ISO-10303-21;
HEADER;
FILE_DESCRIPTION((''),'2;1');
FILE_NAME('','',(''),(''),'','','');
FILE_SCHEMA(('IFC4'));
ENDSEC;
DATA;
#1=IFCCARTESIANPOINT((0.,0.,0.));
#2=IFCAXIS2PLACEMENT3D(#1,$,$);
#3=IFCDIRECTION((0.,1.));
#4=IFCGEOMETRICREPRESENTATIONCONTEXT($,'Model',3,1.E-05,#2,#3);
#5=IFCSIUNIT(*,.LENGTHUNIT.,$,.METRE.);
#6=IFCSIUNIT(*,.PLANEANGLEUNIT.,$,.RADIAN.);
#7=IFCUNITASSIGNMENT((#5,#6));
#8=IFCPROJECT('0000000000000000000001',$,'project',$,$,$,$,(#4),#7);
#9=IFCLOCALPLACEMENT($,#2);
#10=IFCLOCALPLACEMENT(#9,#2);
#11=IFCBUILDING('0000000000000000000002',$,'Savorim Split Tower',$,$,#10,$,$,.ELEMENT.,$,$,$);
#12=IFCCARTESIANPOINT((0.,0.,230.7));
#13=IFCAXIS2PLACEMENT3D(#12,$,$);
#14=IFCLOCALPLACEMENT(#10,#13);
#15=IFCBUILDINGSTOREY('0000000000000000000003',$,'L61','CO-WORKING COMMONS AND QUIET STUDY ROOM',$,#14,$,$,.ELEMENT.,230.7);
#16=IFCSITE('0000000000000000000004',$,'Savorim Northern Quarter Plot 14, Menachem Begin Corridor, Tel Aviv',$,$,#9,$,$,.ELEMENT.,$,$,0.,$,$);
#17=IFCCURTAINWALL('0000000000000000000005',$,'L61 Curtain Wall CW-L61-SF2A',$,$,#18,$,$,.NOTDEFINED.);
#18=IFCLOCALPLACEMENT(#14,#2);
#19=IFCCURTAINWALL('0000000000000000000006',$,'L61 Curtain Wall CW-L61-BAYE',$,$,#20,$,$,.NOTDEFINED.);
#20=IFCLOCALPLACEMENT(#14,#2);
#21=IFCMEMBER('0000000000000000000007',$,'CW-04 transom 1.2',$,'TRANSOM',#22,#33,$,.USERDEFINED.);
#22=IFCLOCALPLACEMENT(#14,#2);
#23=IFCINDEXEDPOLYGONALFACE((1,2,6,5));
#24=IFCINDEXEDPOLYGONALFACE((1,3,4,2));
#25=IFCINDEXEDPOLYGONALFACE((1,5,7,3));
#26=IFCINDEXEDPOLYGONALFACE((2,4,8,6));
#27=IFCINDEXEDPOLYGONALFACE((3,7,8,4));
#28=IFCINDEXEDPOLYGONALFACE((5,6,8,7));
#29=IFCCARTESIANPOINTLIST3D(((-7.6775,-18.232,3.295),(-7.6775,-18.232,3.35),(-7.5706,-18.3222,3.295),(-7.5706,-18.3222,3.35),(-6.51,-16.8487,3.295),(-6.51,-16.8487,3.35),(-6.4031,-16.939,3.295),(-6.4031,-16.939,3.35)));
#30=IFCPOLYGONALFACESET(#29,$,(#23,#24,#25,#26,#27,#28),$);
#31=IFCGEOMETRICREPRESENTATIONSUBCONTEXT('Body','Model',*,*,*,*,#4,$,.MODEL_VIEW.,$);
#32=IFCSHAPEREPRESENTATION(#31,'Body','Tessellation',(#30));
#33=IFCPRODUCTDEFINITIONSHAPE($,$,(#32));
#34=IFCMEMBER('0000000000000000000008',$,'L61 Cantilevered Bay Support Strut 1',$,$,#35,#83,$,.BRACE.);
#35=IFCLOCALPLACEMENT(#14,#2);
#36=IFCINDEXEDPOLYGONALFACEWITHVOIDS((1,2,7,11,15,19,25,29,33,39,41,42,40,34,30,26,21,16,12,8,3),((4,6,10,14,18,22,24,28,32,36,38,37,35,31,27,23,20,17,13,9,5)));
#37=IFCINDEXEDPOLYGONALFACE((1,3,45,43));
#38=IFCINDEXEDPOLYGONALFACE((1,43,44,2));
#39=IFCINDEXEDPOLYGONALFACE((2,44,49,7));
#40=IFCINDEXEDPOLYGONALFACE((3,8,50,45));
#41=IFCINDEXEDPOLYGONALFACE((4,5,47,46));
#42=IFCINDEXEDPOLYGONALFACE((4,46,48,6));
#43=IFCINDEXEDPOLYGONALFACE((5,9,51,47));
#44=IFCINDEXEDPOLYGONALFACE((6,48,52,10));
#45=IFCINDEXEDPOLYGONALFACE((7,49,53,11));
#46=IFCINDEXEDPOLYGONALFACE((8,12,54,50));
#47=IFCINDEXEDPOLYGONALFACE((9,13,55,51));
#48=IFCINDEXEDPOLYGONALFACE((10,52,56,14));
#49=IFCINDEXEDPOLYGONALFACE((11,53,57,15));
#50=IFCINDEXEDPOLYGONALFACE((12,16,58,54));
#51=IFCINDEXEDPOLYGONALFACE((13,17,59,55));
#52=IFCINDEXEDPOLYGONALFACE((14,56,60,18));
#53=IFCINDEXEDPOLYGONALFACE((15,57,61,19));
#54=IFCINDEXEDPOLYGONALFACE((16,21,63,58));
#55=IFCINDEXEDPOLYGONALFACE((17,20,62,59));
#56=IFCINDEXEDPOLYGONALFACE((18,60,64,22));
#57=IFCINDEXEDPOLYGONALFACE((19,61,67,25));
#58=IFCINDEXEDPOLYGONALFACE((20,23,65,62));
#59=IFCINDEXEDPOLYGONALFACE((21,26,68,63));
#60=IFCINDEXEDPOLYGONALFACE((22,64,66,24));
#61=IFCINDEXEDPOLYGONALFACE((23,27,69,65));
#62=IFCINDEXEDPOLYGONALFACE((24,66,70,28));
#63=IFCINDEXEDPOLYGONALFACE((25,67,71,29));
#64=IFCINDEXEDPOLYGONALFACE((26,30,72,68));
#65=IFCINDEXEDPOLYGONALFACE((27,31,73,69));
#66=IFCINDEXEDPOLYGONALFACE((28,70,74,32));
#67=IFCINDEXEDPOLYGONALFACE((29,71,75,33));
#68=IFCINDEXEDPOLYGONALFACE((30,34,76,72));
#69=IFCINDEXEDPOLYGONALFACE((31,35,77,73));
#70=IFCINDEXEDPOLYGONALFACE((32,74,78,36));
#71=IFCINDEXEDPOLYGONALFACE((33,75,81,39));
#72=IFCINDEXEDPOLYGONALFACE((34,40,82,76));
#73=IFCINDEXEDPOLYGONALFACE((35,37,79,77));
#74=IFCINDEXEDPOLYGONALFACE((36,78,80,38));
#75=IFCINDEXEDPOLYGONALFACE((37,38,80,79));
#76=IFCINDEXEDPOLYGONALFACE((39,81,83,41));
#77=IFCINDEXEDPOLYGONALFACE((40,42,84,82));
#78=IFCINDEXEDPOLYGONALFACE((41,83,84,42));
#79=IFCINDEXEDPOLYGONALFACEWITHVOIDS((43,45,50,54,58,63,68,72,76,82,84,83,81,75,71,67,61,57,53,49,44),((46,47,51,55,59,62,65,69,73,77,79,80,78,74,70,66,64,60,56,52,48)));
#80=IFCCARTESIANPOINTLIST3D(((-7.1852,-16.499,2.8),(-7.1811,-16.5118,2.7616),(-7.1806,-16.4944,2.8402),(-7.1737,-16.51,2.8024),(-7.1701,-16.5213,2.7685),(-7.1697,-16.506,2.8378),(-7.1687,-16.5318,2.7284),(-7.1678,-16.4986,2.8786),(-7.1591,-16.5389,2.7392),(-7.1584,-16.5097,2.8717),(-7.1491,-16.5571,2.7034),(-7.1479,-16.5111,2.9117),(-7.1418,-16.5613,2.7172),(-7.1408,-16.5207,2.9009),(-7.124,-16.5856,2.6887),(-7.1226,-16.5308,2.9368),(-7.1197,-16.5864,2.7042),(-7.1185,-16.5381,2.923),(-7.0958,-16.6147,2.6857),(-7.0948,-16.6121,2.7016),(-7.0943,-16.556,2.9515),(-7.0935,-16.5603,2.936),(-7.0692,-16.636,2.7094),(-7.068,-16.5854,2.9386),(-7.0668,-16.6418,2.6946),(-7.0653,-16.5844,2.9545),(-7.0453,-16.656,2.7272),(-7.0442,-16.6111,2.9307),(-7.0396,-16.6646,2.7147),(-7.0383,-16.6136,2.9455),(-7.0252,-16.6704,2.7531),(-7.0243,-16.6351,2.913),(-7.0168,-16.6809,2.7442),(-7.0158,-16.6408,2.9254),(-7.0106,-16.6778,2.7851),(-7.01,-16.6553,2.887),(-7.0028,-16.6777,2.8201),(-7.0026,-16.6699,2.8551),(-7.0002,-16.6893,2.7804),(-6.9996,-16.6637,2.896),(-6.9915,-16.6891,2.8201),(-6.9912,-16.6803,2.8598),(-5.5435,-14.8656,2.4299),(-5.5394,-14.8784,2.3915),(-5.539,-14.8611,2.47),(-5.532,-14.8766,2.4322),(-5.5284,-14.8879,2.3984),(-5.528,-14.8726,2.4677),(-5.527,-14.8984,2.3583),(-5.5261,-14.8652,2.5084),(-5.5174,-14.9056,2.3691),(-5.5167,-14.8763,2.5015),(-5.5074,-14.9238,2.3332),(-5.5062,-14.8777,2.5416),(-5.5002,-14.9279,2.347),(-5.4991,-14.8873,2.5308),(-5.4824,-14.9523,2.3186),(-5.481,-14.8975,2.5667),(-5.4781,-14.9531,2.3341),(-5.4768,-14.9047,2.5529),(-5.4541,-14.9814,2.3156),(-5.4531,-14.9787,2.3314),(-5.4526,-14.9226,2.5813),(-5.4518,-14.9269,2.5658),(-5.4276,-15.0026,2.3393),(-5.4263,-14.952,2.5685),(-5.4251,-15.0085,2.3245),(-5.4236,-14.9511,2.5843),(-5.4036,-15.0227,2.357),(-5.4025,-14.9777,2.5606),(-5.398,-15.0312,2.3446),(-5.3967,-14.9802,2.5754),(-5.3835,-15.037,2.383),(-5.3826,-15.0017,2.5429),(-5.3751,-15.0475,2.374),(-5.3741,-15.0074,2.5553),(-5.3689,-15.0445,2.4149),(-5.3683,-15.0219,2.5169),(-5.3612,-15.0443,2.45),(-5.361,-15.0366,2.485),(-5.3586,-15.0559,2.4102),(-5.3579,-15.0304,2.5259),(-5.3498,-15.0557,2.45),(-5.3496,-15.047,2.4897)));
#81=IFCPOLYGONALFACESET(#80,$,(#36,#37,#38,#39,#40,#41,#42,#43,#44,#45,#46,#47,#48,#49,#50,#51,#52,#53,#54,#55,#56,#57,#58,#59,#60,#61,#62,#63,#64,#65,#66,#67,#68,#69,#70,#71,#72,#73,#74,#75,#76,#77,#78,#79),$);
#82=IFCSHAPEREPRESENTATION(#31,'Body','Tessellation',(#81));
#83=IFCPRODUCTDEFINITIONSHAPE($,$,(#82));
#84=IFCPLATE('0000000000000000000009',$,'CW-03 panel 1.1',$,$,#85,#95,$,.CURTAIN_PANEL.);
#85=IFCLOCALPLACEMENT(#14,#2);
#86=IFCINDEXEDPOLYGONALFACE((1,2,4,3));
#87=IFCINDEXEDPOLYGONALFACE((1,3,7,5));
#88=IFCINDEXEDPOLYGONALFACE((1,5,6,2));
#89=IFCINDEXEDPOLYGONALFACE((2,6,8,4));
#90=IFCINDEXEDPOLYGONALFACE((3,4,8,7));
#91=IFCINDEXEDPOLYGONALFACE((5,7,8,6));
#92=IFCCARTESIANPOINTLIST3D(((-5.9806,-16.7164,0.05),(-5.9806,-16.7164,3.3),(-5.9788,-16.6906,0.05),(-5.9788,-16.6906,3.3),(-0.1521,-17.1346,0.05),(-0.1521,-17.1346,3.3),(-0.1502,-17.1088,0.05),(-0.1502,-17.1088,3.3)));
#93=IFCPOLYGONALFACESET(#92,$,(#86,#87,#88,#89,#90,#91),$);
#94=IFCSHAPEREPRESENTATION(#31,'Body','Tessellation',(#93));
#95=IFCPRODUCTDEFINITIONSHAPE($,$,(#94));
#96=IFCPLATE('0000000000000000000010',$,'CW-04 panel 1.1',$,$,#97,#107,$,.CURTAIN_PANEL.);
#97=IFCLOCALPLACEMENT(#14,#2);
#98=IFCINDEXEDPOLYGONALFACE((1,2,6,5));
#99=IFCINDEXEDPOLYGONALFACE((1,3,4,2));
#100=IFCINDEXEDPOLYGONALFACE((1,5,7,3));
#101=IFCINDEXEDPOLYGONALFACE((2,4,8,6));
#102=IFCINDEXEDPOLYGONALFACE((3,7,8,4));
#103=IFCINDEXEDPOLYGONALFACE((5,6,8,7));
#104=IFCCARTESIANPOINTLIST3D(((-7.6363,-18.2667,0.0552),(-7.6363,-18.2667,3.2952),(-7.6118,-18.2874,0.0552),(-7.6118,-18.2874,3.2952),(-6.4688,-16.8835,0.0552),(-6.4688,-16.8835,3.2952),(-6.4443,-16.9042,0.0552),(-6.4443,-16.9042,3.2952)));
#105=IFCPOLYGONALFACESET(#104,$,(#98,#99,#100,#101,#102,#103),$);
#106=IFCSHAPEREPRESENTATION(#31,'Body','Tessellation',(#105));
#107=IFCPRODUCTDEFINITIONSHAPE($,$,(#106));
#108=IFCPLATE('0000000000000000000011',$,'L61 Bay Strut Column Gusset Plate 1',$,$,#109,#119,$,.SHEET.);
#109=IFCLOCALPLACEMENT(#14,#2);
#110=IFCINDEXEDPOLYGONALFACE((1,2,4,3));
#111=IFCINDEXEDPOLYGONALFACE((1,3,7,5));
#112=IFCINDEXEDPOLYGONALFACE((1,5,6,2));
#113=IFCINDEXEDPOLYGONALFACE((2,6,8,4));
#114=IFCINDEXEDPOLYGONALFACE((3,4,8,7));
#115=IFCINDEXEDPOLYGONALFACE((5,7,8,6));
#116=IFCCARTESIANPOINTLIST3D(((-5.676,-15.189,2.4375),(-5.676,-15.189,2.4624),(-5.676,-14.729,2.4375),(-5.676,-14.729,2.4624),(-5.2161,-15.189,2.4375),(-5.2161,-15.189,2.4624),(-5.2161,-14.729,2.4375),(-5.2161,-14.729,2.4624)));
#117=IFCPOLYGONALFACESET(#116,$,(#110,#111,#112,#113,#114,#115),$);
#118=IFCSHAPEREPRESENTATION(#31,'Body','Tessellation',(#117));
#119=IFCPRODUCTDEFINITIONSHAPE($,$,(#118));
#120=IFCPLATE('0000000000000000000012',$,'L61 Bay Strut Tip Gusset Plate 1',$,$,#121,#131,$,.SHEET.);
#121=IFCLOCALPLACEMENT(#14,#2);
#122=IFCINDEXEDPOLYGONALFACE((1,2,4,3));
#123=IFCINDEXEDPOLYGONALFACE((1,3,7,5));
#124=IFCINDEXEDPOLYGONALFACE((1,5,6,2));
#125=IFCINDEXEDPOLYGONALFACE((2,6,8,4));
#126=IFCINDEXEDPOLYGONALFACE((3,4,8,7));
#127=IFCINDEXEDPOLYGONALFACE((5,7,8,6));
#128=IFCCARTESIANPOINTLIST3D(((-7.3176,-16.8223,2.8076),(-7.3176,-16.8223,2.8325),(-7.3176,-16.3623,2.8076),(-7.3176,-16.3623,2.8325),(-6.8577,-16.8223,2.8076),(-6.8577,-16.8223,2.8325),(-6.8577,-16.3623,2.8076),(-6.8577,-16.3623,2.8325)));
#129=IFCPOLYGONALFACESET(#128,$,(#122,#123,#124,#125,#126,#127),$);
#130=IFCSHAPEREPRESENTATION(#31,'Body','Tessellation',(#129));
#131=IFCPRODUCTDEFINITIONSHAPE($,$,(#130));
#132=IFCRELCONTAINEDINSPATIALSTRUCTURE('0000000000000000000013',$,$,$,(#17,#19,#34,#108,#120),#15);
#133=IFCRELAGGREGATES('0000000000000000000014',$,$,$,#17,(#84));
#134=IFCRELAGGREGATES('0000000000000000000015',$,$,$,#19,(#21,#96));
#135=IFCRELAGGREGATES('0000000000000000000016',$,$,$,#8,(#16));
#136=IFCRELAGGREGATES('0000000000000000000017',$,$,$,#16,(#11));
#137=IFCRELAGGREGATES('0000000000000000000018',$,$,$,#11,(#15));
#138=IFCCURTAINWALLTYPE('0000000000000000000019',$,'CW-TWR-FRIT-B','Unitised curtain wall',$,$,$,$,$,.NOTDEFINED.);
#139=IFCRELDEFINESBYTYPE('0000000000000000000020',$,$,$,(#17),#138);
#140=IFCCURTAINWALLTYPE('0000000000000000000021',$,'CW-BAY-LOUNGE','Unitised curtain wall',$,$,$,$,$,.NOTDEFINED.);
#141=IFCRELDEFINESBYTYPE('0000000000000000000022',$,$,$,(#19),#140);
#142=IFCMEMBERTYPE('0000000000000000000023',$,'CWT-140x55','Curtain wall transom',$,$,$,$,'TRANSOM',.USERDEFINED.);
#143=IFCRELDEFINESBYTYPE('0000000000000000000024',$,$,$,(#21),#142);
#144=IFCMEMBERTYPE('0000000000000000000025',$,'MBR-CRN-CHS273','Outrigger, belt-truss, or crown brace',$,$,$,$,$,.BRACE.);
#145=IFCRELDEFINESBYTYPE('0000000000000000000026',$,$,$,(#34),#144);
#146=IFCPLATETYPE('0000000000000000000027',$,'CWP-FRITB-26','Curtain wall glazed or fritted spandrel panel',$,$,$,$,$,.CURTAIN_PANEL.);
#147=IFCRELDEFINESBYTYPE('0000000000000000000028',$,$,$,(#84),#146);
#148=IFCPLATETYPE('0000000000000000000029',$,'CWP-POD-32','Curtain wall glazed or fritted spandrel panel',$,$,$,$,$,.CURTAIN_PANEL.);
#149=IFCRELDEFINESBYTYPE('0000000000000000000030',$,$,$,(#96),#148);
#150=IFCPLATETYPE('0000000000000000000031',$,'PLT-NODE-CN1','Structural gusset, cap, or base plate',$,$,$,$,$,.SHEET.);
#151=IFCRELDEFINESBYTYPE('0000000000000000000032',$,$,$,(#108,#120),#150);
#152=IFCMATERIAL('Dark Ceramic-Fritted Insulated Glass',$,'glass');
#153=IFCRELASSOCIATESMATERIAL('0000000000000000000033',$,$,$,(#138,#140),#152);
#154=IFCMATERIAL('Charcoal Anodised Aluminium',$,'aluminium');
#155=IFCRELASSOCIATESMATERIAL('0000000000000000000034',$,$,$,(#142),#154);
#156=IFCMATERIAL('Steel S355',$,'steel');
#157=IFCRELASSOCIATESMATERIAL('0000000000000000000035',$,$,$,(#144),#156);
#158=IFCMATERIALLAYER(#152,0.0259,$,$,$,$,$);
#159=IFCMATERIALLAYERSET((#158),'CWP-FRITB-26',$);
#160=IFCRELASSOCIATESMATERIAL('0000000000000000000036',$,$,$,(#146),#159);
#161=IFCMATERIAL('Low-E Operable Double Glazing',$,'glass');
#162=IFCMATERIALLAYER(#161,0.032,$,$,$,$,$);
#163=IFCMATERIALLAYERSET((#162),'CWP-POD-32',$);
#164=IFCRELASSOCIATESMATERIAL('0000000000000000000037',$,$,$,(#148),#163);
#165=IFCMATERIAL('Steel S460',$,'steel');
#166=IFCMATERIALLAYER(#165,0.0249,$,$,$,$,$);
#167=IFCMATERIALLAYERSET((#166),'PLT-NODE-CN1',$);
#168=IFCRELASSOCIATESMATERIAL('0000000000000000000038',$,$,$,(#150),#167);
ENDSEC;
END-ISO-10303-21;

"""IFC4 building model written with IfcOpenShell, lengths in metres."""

from ifc_helpers import new_model, si_unit, direction, frame, origin, origin_2d, place, context, subcontext, project, spatial, rectangle, hollow_circle, extrude, material, layer, layer_set, material_profile, profile_set, type_object, element, aggregate, save


model = new_model("IFC4")

# Units and contexts
model_context = context("Model", 3, precision=1e-05, world=origin(), true_north=direction((0.0, 1.0)))
body_context = subcontext(model_context, "Body", "Model", "MODEL_VIEW")
ifc_project = project(units=[si_unit("LENGTHUNIT", "METRE"), si_unit("PLANEANGLEUNIT", "RADIAN")], contexts=[model_context])

# Site, building, storey
site_placement = place(None, origin())
site = spatial("IfcSite", under=ifc_project, at=site_placement, Name="Savorim Northern Quarter Plot 14, Menachem Begin Corridor, Tel Aviv", CompositionType="ELEMENT", RefElevation=0.0)
building_placement = place(site_placement, origin())
building = spatial("IfcBuilding", under=site, at=building_placement, Name="Savorim Split Tower", CompositionType="ELEMENT")
storey_placement = place(building_placement, frame((0.0, 0.0, 230.7)))
storey = spatial("IfcBuildingStorey", under=building, at=storey_placement, Name="L61", Description="CO-WORKING COMMONS AND QUIET STUDY ROOM", CompositionType="ELEMENT", Elevation=230.7)

# Shared definitions
ifc_material_1 = material(Name="Steel S355", Category="steel")

# Curtain wall
ifc_material_2 = material(Name="Dark Ceramic-Fritted Insulated Glass", Category="glass")
curtain_wall_type_1 = type_object("IfcCurtainWallType", Name="CW-TWR-FRIT-B", Description="Unitised curtain wall", PredefinedType="NOTDEFINED", material=ifc_material_2)
curtain_wall_1_placement = place(storey_placement, origin())
curtain_wall_1 = element("IfcCurtainWall", 1, at=curtain_wall_1_placement, inside=storey, type_object=curtain_wall_type_1, Name="L61 Curtain Wall CW-L61-SF2A", PredefinedType="NOTDEFINED")
ifc_material_3 = material(Name="Charcoal Anodised Aluminium", Category="aluminium")

# Curtain wall
curtain_wall_type_2 = type_object("IfcCurtainWallType", Name="CW-BAY-LOUNGE", Description="Unitised curtain wall", PredefinedType="NOTDEFINED", material=ifc_material_2)
curtain_wall_2_placement = place(storey_placement, origin())
curtain_wall_2 = element("IfcCurtainWall", 2, at=curtain_wall_2_placement, inside=storey, type_object=curtain_wall_type_2, Name="L61 Curtain Wall CW-L61-BAYE", PredefinedType="NOTDEFINED")

# Members
ifc_material_profile_1 = material_profile(ifc_material_3, rectangle(XDim=0.1399, YDim=0.0549, at=origin_2d()), Name="ALU-T 140x55")
ifc_profile_set_1 = profile_set([ifc_material_profile_1], Name="Charcoal Anodised Aluminium")
member_type_1 = type_object("IfcMemberType", Name="CWT-140x55", Description="Curtain wall transom", ElementType="TRANSOM", PredefinedType="USERDEFINED", material=ifc_profile_set_1)
member_1_placement = place(storey_placement, frame((-7.624, -18.2771, 3.3225), z_axis=(0.644974, 0.764204, 0.0), x_axis=(-0.764204, 0.644974, 0.0)))
member_1 = element("IfcMember", 3, at=member_1_placement, type_object=member_type_1, Name="CW-04 transom 1.2", ObjectType="TRANSOM", PredefinedType="USERDEFINED", context=body_context, shape_type="SweptSolid", body=[
    extrude(rectangle(XDim=0.1399, YDim=0.0549, at=origin_2d()), origin(), (0.0, 0.0, 1.0), 1.8101),
])
ifc_material_profile_2 = material_profile(ifc_material_1, hollow_circle(Radius=0.1365, WallThickness=0.0161, at=origin_2d()), Name="CHS 273x16")
ifc_profile_set_2 = profile_set([ifc_material_profile_2], Name="Steel S355")
member_type_2 = type_object("IfcMemberType", Name="MBR-CRN-CHS273", Description="Outrigger, belt-truss, or crown brace", PredefinedType="BRACE", material=ifc_profile_set_2)
member_2_placement = place(storey_placement, frame((-5.446, -14.959, 2.45), z_axis=(-0.700012, -0.696473, 0.157825), x_axis=(0.705312, -0.708897, 0.0)))
element("IfcMember", 4, at=member_2_placement, inside=storey, type_object=member_type_2, Name="L61 Cantilevered Bay Support Strut 1", PredefinedType="BRACE", context=body_context, shape_type="SweptSolid", body=[
    extrude(hollow_circle(Radius=0.1365, WallThickness=0.0161, at=origin_2d()), origin(), (0.0, 0.0, 1.0), 2.3452),
])

# Plates
ifc_layer_1 = layer(ifc_material_2, 0.0259)
ifc_layer_set_1 = layer_set([ifc_layer_1], Name="CWP-FRITB-26")
plate_type_1 = type_object("IfcPlateType", Name="CWP-FRITB-26", Description="Curtain wall glazed or fritted spandrel panel", PredefinedType="CURTAIN_PANEL", material=ifc_layer_set_1)
plate_1_placement = place(storey_placement, frame((-3.0654, -16.9126, 0.05), z_axis=(0.0, 0.0, 1.0), x_axis=(0.997436, -0.071568, 0.0)))
plate_1 = element("IfcPlate", 5, at=plate_1_placement, type_object=plate_type_1, Name="CW-03 panel 1.1", PredefinedType="CURTAIN_PANEL", context=body_context, shape_type="SweptSolid", body=[
    extrude(rectangle(XDim=5.8435, YDim=0.0259, at=origin_2d()), origin(), (0.0, 0.0, 1.0), 3.25),
])
aggregate(curtain_wall_1, [plate_1])
ifc_material_4 = material(Name="Low-E Operable Double Glazing", Category="glass")
ifc_layer_2 = layer(ifc_material_4, 0.032)
ifc_layer_set_2 = layer_set([ifc_layer_2], Name="CWP-POD-32")
plate_type_2 = type_object("IfcPlateType", Name="CWP-POD-32", Description="Curtain wall glazed or fritted spandrel panel", PredefinedType="CURTAIN_PANEL", material=ifc_layer_set_2)
plate_2_placement = place(storey_placement, frame((-7.0403, -17.5854, 0.0552), z_axis=(0.0, 0.0, 1.0), x_axis=(0.645008, 0.764176, 0.0)))
plate_2 = element("IfcPlate", 6, at=plate_2_placement, type_object=plate_type_2, Name="CW-04 panel 1.1", PredefinedType="CURTAIN_PANEL", context=body_context, shape_type="SweptSolid", body=[
    extrude(rectangle(XDim=1.8101, YDim=0.032, at=origin_2d()), origin(), (0.0, 0.0, 1.0), 3.24),
])
aggregate(curtain_wall_2, [member_1, plate_2])

# Plates
ifc_material_5 = material(Name="Steel S460", Category="steel")
ifc_layer_3 = layer(ifc_material_5, 0.0249)
ifc_layer_set_3 = layer_set([ifc_layer_3], Name="PLT-NODE-CN1")
plate_type_3 = type_object("IfcPlateType", Name="PLT-NODE-CN1", Description="Structural gusset, cap, or base plate", PredefinedType="SHEET", material=ifc_layer_set_3)
for number, where, z_axis, x_axis, name in (
    (7, (-5.446, -14.959, 2.4375), (0.0, 0.0, 1.0), (1.0, 0.0, 0.0), "L61 Bay Strut Column Gusset Plate 1"),
    (8, (-7.0876, -16.5923, 2.8076), (0.0, 0.0, 1.0), (1.0, 0.0, 0.0), "L61 Bay Strut Tip Gusset Plate 1"),
):
    element("IfcPlate", number, at=place(storey_placement, frame(where, z_axis=z_axis, x_axis=x_axis)), inside=storey, type_object=plate_type_3, Name=name, PredefinedType="SHEET", context=body_context, shape_type="SweptSolid", body=[
        extrude(rectangle(XDim=0.46, YDim=0.46, at=origin_2d()), origin(), (0.0, 0.0, 1.0), 0.0249),
    ])

save(model, "model.ifc")
